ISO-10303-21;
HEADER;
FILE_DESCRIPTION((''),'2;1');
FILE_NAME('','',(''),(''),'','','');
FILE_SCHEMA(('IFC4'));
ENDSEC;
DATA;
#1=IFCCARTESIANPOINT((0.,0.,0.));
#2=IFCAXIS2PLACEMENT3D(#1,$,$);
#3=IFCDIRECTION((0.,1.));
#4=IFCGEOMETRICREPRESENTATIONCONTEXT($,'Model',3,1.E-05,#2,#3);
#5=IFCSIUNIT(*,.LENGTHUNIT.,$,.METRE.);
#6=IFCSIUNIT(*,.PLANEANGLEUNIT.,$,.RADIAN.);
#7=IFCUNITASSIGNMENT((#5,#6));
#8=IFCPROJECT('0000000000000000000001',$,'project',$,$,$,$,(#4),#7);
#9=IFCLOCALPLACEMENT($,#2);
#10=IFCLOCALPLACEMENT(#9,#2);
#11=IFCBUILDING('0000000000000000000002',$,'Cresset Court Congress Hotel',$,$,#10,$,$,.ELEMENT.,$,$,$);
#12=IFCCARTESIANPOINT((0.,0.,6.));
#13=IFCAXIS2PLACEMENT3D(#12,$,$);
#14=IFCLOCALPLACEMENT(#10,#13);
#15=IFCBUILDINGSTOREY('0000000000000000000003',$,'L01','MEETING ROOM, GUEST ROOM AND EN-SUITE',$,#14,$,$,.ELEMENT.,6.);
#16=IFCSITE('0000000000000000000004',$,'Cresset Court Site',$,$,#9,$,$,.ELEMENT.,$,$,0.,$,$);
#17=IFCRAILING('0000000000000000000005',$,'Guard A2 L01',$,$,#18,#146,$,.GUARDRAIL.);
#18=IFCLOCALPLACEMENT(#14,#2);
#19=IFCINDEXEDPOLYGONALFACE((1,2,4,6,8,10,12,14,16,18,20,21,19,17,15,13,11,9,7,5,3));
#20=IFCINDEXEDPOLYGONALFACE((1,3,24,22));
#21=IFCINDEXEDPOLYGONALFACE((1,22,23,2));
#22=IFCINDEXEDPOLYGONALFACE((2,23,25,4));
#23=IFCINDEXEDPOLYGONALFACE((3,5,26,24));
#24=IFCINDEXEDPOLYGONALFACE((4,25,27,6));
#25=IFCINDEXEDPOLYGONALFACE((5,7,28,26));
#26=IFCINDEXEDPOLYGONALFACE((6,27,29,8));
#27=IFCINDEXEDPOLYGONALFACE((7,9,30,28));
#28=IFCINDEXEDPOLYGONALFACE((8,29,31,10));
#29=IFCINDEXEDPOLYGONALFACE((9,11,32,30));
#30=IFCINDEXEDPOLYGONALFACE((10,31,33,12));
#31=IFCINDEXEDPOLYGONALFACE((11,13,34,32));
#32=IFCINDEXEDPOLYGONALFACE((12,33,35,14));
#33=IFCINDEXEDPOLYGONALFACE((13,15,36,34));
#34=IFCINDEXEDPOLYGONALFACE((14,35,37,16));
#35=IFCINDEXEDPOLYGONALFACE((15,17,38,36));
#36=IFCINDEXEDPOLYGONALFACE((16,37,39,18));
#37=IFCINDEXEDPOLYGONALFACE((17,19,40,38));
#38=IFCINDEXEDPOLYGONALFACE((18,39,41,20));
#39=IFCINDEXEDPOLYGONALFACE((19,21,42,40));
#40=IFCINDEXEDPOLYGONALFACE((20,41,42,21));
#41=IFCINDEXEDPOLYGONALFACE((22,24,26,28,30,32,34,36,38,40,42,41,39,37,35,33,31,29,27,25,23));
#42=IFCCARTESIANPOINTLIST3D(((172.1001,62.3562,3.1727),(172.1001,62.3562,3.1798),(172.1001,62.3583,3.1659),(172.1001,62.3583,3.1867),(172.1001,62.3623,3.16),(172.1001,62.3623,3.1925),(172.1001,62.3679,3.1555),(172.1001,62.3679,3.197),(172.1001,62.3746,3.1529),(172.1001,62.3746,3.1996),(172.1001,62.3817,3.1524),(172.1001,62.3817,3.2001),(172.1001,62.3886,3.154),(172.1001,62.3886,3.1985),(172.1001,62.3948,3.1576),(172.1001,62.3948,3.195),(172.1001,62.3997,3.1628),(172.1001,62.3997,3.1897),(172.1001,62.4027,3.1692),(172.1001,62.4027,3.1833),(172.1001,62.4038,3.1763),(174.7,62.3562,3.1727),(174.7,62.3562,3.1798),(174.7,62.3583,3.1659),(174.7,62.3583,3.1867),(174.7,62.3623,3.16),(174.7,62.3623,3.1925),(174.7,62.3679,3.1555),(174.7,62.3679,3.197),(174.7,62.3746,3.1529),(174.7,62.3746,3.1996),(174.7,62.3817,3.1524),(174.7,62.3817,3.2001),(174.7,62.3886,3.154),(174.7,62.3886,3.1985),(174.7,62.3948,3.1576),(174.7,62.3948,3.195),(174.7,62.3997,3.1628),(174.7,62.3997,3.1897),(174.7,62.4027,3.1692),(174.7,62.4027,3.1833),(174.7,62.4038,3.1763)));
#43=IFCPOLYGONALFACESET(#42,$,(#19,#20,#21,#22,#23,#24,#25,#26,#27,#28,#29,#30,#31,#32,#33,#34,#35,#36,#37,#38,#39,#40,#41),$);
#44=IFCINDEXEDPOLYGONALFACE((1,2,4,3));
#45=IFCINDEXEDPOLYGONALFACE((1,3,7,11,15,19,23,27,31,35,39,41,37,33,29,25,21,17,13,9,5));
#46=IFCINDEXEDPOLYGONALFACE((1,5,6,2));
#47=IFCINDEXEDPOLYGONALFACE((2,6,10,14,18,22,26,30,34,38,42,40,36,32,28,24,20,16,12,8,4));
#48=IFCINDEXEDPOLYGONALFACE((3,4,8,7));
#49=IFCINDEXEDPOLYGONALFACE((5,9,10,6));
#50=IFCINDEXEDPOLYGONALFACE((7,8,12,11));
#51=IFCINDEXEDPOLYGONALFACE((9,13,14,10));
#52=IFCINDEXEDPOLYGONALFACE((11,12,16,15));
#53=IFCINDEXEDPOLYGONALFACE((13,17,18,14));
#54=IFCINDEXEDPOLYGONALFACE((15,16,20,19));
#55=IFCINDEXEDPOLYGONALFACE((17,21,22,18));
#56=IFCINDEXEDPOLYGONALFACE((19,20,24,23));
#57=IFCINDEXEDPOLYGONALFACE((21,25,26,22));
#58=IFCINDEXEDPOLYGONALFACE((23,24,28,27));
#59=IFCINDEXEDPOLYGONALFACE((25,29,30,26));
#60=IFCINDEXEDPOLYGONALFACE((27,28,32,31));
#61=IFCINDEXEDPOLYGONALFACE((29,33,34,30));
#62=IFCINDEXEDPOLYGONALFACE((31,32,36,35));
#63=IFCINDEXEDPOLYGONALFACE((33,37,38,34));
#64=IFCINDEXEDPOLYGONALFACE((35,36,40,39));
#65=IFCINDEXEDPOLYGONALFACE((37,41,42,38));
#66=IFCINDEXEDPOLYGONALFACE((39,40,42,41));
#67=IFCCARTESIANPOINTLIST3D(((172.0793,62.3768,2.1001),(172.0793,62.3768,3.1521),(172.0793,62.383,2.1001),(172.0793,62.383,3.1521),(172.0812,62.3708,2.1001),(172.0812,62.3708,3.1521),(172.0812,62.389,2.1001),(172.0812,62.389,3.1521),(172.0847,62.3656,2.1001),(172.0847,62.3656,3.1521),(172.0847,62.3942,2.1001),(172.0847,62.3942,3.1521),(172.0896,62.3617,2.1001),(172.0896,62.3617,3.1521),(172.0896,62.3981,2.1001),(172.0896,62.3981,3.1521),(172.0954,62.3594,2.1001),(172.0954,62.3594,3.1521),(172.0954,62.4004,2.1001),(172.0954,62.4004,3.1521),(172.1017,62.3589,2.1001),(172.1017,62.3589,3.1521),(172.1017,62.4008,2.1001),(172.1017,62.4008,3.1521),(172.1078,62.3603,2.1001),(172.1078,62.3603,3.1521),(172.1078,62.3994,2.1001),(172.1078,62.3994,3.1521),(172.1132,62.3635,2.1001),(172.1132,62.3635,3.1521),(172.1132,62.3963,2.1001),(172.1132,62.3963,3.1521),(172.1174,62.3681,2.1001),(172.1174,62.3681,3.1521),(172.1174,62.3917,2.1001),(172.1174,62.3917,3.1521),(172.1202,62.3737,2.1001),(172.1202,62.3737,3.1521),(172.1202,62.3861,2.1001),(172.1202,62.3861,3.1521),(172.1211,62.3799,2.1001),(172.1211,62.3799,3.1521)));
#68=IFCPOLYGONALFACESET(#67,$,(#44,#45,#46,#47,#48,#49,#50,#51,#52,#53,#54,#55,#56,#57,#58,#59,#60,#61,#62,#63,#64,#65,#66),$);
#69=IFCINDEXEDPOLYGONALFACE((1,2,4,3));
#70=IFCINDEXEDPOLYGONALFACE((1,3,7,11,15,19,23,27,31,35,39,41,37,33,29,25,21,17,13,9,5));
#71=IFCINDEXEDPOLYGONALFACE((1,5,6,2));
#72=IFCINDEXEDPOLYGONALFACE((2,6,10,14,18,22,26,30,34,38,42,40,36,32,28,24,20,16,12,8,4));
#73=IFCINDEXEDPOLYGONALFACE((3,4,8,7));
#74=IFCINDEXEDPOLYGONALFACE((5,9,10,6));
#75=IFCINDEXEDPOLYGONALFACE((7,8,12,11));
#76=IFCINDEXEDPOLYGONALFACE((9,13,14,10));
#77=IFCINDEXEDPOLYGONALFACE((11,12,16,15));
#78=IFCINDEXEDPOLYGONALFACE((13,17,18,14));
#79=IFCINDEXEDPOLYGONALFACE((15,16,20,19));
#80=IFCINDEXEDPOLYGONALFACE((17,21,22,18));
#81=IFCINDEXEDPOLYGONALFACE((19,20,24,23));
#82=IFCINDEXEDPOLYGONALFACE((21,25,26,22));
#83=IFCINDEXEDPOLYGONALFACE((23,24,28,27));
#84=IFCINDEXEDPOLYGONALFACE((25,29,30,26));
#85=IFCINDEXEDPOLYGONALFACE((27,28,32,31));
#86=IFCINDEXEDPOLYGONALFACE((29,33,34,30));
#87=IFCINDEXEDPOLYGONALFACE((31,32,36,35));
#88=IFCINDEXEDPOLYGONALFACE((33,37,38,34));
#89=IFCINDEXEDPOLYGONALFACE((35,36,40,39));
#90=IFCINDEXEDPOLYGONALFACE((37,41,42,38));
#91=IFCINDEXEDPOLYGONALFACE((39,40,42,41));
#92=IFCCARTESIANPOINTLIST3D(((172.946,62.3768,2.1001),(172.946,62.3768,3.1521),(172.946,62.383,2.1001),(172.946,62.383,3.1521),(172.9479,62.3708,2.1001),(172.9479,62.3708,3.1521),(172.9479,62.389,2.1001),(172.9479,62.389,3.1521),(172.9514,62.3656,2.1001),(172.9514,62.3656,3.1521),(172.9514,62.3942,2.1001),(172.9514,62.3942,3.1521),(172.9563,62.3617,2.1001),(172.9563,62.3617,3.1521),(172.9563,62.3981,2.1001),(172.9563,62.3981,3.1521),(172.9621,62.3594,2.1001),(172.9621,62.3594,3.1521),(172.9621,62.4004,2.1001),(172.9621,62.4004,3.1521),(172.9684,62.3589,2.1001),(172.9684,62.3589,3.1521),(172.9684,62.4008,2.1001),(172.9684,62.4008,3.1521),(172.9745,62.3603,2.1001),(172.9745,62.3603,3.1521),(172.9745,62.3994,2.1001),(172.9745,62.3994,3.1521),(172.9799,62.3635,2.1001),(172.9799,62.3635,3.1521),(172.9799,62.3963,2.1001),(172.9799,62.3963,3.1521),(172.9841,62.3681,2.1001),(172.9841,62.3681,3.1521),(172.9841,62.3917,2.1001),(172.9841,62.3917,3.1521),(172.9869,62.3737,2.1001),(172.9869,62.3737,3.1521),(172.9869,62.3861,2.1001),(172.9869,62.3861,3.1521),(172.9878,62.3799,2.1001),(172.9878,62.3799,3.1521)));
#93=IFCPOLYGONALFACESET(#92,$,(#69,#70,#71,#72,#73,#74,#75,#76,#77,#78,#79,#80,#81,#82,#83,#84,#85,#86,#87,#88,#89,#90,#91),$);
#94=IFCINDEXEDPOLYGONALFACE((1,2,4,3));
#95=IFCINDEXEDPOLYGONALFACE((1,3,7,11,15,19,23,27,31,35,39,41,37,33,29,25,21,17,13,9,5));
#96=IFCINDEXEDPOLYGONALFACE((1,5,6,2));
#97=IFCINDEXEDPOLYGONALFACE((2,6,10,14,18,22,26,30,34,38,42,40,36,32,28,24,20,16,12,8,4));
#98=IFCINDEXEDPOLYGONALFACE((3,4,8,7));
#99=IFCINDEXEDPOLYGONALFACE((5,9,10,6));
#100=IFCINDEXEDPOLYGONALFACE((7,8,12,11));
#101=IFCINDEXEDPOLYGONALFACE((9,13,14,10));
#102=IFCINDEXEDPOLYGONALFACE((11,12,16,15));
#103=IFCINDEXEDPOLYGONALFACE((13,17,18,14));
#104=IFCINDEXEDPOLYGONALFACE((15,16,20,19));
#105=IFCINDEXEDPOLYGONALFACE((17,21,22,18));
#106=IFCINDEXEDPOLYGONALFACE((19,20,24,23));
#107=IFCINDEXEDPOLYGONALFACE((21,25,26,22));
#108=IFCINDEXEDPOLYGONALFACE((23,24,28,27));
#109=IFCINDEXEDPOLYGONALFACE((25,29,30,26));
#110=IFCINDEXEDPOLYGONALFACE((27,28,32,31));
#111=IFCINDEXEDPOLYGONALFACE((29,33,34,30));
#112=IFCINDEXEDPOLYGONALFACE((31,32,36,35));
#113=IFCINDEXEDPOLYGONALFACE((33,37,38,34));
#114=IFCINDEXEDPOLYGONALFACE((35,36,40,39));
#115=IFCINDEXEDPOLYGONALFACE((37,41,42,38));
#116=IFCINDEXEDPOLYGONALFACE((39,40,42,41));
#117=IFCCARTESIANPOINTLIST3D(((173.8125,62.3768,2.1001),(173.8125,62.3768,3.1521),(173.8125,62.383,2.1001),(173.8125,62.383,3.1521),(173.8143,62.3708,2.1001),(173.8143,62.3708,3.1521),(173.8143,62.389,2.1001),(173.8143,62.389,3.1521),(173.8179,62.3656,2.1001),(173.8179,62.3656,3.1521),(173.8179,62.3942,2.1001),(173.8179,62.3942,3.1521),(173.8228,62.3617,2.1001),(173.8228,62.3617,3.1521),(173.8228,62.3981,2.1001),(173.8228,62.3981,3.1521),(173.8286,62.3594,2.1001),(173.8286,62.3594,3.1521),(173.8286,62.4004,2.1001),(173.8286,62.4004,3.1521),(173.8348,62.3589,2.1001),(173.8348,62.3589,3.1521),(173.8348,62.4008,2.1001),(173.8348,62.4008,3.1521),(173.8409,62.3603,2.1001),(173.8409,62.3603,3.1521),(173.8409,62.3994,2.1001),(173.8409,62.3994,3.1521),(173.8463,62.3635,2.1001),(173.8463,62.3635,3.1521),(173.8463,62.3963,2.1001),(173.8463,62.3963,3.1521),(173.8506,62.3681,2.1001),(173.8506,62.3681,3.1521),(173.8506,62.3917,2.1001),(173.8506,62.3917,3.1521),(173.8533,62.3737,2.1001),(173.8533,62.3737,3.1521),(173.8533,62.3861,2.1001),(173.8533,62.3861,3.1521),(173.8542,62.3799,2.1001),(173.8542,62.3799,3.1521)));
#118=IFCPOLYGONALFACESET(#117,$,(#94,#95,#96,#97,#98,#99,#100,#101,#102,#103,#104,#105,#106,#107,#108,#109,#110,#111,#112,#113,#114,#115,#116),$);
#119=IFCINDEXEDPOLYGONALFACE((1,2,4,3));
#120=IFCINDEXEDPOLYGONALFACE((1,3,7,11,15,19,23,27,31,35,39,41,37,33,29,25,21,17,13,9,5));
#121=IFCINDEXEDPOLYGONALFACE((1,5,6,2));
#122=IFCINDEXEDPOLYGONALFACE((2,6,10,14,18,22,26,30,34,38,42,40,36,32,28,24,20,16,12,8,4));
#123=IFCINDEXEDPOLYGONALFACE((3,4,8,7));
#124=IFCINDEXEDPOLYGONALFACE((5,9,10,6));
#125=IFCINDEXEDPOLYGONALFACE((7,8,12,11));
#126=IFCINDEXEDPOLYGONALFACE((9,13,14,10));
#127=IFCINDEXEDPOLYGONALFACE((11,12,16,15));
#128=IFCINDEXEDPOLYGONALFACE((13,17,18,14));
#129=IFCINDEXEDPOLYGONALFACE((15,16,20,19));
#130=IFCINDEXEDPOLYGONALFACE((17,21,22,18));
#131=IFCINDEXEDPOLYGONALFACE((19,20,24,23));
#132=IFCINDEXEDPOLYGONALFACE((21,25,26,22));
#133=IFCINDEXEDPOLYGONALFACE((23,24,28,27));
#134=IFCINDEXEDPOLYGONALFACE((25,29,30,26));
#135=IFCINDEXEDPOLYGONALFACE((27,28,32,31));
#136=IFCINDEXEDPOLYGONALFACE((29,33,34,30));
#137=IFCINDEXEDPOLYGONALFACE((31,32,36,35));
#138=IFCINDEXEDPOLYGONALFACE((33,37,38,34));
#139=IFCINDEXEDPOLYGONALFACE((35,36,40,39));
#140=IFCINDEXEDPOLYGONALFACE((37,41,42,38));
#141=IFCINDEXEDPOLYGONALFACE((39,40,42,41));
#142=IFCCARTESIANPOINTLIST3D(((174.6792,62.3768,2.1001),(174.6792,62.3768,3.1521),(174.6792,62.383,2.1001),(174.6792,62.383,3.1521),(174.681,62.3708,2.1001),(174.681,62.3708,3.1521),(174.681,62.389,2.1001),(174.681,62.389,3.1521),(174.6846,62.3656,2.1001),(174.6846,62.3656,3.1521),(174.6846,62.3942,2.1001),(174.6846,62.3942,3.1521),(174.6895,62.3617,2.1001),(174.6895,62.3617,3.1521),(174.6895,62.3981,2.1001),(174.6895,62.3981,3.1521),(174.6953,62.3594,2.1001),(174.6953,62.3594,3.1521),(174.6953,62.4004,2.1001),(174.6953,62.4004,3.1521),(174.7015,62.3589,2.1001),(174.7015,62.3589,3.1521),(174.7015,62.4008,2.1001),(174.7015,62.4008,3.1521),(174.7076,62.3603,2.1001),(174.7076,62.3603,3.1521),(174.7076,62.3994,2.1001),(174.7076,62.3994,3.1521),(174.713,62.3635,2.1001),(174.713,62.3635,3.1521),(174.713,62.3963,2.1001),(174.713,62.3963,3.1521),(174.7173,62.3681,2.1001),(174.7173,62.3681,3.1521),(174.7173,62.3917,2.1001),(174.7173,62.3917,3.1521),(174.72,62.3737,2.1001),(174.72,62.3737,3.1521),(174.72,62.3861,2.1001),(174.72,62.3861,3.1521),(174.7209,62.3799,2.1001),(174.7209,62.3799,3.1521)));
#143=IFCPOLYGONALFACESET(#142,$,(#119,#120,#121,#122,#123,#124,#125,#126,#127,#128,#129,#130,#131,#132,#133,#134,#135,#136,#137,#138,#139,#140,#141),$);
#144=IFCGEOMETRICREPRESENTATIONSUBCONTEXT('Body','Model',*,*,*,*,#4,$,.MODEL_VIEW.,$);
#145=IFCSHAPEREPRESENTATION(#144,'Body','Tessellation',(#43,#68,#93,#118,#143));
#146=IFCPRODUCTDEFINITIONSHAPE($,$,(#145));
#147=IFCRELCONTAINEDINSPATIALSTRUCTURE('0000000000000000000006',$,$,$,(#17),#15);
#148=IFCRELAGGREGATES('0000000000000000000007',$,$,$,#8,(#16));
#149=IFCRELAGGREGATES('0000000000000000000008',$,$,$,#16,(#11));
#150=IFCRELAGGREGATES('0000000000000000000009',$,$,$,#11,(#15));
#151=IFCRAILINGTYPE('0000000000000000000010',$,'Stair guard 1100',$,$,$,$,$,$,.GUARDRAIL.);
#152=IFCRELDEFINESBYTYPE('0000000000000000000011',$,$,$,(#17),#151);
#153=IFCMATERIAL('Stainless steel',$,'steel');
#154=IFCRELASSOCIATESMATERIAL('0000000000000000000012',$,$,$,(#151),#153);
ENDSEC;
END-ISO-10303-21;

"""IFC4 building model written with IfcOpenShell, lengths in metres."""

from ifc_helpers import new_model, si_unit, direction, frame, origin, origin_2d, place, context, subcontext, project, spatial, circle, extrude, material, type_object, element, save


model = new_model("IFC4")

# Units and contexts
model_context = context("Model", 3, precision=1e-05, world=origin(), true_north=direction((0.0, 1.0)))
body_context = subcontext(model_context, "Body", "Model", "MODEL_VIEW")
ifc_project = project(units=[si_unit("LENGTHUNIT", "METRE"), si_unit("PLANEANGLEUNIT", "RADIAN")], contexts=[model_context])

# Site, building, storey
site_placement = place(None, origin())
site = spatial("IfcSite", under=ifc_project, at=site_placement, Name="Cresset Court Site", CompositionType="ELEMENT", RefElevation=0.0)
building_placement = place(site_placement, origin())
building = spatial("IfcBuilding", under=site, at=building_placement, Name="Cresset Court Congress Hotel", CompositionType="ELEMENT")
storey_placement = place(building_placement, frame((0.0, 0.0, 6.0)))
storey = spatial("IfcBuildingStorey", under=building, at=storey_placement, Name="L01", Description="MEETING ROOM, GUEST ROOM AND EN-SUITE", CompositionType="ELEMENT", Elevation=6.0)

# Railing
ifc_material_1 = material(Name="Stainless steel", Category="steel")
railing_type_1 = type_object("IfcRailingType", Name="Stair guard 1100", PredefinedType="GUARDRAIL", material=ifc_material_1)
for number, where, name in (
    (1, (172.1001, 62.3799, 2.1001), "Guard A2 L01"),
):
    element("IfcRailing", number, at=place(storey_placement, frame(where)), inside=storey, type_object=railing_type_1, Name=name, PredefinedType="GUARDRAIL", context=body_context, shape_type="SweptSolid", body=[
        extrude(circle(Radius=0.0239, at=origin_2d()), frame((0.0, 0.0, 1.0762), z_axis=(1.0, 0.0, 0.0), x_axis=(0.0, 1.0, 0.0)), (0.0, 0.0, 1.0), 2.5999),
        extrude(circle(Radius=0.021, at=origin_2d()), origin(), (0.0, 0.0, 1.0), 1.052),
        extrude(circle(Radius=0.021, at=origin_2d()), frame((0.8667, 0.0, 0.0)), (0.0, 0.0, 1.0), 1.052),
        extrude(circle(Radius=0.021, at=origin_2d()), frame((1.7332, 0.0, 0.0)), (0.0, 0.0, 1.0), 1.052),
        extrude(circle(Radius=0.021, at=origin_2d()), frame((2.5999, 0.0, 0.0)), (0.0, 0.0, 1.0), 1.052),
    ])

save(model, "model.ifc")
